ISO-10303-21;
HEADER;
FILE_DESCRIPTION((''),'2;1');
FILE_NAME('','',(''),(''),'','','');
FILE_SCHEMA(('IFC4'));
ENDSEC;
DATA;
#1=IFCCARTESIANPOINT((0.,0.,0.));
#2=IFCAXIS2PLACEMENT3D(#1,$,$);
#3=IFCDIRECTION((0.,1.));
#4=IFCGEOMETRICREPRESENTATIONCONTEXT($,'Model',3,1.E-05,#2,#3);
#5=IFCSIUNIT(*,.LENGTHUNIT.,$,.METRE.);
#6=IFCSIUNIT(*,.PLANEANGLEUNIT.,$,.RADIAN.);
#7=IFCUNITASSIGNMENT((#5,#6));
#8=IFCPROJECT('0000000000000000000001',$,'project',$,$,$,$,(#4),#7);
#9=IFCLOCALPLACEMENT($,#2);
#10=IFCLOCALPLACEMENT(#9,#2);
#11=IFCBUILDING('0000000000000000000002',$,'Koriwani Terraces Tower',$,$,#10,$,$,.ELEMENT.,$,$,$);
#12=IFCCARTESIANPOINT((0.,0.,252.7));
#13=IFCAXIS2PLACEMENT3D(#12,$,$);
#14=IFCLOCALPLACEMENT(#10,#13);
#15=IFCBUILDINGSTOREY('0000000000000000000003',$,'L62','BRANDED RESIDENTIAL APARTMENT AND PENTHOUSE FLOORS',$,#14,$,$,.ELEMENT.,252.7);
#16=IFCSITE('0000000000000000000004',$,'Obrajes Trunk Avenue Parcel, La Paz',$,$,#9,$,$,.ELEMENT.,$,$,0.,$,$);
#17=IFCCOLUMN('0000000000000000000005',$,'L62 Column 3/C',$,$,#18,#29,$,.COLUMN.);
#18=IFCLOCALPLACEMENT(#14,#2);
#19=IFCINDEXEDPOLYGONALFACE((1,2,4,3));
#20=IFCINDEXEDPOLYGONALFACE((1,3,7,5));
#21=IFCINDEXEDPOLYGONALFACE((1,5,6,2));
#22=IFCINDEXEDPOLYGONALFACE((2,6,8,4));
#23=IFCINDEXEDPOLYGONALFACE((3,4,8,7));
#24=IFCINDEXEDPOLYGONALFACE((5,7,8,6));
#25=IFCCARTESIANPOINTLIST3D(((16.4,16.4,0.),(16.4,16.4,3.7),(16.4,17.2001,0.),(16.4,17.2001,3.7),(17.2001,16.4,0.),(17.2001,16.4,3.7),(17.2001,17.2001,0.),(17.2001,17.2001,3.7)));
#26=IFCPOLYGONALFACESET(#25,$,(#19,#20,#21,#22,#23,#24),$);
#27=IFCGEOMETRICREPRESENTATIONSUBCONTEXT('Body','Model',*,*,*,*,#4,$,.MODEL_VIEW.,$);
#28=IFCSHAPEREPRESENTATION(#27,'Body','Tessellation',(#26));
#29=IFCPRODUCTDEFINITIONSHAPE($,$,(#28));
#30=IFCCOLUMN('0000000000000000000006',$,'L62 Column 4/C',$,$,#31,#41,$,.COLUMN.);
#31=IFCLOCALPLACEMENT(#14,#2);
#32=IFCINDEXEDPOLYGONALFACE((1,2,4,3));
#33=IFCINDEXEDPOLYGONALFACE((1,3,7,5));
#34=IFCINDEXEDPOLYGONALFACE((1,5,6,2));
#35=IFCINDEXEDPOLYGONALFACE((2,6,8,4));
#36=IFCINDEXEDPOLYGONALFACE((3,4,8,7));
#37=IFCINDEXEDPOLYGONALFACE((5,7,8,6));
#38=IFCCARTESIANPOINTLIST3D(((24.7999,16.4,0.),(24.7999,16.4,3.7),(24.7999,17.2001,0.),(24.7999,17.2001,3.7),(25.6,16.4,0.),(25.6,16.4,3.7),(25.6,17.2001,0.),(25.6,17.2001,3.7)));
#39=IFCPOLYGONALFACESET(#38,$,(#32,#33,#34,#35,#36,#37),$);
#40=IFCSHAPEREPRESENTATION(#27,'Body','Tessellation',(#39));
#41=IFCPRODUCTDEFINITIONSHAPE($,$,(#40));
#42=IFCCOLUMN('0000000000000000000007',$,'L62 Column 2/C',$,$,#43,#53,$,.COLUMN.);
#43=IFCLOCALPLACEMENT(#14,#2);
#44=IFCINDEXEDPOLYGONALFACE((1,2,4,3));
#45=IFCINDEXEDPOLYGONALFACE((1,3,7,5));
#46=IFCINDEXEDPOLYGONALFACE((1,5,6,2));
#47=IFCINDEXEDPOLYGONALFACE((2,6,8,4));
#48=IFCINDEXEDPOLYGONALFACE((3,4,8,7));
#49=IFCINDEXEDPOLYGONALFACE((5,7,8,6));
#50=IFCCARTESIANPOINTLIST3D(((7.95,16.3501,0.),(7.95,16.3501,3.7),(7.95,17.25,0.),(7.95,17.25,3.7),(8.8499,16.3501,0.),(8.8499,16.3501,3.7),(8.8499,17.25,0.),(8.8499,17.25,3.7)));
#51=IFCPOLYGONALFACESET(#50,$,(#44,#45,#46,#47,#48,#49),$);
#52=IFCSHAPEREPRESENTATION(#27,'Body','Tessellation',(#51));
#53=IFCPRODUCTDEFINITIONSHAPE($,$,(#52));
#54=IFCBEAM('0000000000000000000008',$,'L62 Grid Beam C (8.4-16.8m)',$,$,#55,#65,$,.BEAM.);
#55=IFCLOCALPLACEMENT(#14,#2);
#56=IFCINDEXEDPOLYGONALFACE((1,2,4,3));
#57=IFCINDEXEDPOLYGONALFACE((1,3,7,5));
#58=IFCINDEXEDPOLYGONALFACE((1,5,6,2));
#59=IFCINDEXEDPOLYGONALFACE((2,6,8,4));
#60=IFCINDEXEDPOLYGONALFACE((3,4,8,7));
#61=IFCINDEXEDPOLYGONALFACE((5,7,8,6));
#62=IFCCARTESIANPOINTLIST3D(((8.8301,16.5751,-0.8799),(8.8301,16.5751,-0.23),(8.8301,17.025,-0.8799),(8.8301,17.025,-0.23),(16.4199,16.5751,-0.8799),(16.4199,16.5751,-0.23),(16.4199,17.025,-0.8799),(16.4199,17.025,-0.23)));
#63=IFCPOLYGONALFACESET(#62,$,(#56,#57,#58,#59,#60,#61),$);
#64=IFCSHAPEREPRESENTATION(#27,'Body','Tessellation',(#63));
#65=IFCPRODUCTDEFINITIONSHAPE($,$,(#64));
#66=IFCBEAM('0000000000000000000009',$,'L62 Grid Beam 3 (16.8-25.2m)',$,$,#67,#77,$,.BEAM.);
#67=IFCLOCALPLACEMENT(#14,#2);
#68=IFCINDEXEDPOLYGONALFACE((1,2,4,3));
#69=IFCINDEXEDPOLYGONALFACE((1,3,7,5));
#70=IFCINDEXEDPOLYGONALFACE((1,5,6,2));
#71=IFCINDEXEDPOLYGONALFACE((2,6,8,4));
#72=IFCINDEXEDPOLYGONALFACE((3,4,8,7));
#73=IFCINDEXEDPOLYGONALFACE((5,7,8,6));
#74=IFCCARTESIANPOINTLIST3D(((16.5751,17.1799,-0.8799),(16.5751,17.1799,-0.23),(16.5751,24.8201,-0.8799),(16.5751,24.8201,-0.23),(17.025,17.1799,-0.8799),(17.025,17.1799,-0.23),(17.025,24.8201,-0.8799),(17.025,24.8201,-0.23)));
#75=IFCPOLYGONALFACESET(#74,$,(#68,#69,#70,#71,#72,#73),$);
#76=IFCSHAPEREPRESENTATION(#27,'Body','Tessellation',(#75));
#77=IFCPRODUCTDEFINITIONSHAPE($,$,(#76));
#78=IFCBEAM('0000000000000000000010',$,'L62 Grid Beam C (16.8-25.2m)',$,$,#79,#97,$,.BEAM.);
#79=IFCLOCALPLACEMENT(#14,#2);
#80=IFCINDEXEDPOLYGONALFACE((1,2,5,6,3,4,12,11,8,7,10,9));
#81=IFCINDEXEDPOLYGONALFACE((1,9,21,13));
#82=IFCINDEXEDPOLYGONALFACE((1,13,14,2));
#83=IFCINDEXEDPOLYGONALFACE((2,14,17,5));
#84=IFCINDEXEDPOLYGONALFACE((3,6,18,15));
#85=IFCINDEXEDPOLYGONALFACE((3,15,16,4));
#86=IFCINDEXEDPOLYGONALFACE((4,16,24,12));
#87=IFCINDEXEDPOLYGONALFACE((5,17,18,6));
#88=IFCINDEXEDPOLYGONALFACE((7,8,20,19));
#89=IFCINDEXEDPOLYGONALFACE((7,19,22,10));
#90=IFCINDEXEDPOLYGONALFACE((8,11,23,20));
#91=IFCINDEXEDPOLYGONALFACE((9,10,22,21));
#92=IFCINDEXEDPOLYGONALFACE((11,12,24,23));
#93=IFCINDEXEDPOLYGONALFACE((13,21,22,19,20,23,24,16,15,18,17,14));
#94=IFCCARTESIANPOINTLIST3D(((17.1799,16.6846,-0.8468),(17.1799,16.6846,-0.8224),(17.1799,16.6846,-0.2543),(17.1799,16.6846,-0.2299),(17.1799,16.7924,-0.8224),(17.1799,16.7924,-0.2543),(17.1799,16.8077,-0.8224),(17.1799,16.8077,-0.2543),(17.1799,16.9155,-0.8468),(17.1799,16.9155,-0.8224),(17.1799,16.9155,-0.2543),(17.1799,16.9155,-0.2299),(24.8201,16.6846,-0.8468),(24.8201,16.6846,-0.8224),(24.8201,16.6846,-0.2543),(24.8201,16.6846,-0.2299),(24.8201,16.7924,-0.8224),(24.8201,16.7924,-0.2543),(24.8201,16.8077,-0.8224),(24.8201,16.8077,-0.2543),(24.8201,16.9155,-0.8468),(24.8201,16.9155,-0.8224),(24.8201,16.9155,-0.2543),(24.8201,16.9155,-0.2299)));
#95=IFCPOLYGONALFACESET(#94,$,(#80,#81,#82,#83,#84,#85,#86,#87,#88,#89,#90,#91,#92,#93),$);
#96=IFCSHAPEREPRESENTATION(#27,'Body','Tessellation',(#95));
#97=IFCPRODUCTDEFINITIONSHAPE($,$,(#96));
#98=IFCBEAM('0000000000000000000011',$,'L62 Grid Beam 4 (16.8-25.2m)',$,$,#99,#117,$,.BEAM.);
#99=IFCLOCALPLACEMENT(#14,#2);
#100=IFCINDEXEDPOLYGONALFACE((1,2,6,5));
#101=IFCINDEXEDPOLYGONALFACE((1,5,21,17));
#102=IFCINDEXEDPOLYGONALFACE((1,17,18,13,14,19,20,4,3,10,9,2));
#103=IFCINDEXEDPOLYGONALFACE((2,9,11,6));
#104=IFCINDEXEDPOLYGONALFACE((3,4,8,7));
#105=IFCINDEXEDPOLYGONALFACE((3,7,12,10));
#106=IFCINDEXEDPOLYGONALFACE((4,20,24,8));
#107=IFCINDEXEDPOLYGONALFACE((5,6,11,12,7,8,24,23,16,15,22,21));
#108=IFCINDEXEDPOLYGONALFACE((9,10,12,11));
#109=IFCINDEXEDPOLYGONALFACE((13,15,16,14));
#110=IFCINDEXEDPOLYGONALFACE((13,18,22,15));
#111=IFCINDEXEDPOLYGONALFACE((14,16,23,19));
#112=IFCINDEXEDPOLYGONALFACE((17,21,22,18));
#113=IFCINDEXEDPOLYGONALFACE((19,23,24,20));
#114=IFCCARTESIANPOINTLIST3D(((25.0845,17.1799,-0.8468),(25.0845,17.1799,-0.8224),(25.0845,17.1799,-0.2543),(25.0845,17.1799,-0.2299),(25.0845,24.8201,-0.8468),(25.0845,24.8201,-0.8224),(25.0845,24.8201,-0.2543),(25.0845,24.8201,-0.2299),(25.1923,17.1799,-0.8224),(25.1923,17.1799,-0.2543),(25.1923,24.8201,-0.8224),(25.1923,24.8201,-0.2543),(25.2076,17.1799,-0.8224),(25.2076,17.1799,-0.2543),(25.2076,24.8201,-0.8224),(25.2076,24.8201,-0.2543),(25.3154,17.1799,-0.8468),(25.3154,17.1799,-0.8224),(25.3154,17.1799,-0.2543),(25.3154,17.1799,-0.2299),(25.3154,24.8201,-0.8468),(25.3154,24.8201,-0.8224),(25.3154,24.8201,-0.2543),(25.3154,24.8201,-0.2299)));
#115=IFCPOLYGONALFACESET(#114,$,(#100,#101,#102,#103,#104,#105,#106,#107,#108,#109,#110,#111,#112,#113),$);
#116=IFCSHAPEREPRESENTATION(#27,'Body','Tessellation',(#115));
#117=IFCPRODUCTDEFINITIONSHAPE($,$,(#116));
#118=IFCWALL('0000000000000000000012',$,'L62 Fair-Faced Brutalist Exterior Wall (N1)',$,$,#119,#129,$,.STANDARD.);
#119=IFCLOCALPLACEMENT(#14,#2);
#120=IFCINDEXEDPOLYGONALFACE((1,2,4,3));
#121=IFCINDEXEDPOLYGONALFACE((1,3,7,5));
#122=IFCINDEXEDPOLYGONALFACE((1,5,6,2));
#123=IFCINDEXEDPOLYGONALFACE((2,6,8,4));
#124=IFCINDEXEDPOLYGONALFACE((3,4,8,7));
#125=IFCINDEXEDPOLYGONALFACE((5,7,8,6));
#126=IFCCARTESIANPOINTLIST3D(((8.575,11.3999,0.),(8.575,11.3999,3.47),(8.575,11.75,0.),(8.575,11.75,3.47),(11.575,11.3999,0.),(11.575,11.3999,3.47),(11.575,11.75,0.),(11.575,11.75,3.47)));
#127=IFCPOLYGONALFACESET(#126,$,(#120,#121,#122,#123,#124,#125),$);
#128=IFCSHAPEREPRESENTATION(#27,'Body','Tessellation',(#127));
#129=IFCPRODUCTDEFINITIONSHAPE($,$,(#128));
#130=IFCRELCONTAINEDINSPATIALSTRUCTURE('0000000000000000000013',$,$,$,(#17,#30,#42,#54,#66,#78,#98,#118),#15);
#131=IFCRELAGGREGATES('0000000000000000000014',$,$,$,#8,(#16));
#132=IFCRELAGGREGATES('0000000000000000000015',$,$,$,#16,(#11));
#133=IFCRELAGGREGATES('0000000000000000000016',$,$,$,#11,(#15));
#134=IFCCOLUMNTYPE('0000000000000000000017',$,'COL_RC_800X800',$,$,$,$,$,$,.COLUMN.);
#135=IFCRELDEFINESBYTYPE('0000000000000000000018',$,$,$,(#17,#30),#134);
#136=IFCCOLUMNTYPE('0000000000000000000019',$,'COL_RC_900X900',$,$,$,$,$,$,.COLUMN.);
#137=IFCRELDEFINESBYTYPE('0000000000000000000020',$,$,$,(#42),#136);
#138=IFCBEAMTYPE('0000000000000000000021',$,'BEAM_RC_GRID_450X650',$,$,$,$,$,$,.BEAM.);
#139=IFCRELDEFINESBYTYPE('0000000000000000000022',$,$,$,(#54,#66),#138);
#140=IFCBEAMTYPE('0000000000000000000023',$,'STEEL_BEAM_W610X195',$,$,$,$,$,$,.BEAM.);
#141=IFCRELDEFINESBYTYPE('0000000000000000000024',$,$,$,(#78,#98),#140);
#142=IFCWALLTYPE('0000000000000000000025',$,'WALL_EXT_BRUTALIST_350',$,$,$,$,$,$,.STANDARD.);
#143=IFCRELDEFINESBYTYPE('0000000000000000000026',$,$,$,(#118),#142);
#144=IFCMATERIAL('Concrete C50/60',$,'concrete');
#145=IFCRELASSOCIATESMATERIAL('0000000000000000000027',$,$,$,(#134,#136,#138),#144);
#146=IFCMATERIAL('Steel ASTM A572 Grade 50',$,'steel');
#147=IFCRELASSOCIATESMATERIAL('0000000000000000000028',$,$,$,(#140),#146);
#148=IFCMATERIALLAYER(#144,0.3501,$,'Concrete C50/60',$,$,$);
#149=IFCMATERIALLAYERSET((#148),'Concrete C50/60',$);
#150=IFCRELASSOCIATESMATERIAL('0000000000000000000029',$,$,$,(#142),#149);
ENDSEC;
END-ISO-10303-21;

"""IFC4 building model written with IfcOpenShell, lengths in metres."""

from ifc_helpers import new_model, si_unit, direction, frame, frame_2d, origin, origin_2d, place, context, subcontext, project, spatial, rectangle, i_section, extrude, material, layer, layer_set, material_profile, profile_set, type_object, element, save


model = new_model("IFC4")

# Units and contexts
model_context = context("Model", 3, precision=1e-05, world=origin(), true_north=direction((0.0, 1.0)))
body_context = subcontext(model_context, "Body", "Model", "MODEL_VIEW")
ifc_project = project(units=[si_unit("LENGTHUNIT", "METRE"), si_unit("PLANEANGLEUNIT", "RADIAN")], contexts=[model_context])

# Site, building, storey
site_placement = place(None, origin())
site = spatial("IfcSite", under=ifc_project, at=site_placement, Name="Obrajes Trunk Avenue Parcel, La Paz", CompositionType="ELEMENT", RefElevation=0.0)
building_placement = place(site_placement, origin())
building = spatial("IfcBuilding", under=site, at=building_placement, Name="Koriwani Terraces Tower", CompositionType="ELEMENT")
storey_placement = place(building_placement, frame((0.0, 0.0, 252.7)))
storey = spatial("IfcBuildingStorey", under=building, at=storey_placement, Name="L62", Description="BRANDED RESIDENTIAL APARTMENT AND PENTHOUSE FLOORS", CompositionType="ELEMENT", Elevation=252.7)

# Columns
ifc_material_1 = material(Name="Concrete C50/60", Category="concrete")
ifc_material_profile_1 = material_profile(ifc_material_1, rectangle(XDim=0.8, YDim=0.8, at=origin_2d()), Name="Concrete C50/60", Category="LoadBearing")
ifc_profile_set_1 = profile_set([ifc_material_profile_1], Name="Concrete C50/60")
column_type_1 = type_object("IfcColumnType", Name="COL_RC_800X800", PredefinedType="COLUMN", material=ifc_profile_set_1)
for number, where, z_axis, x_axis, name in (
    (1, (16.8, 16.8, 0.0), (0.0, 0.0, 1.0), (1.0, 0.0, 0.0), "L62 Column 3/C"),
    (2, (25.2, 16.8, 0.0), (0.0, 0.0, 1.0), (1.0, 0.0, 0.0), "L62 Column 4/C"),
):
    element("IfcColumn", number, at=place(storey_placement, frame(where, z_axis=z_axis, x_axis=x_axis)), inside=storey, type_object=column_type_1, Name=name, PredefinedType="COLUMN", context=body_context, shape_type="SweptSolid", body=[
        extrude(rectangle(XDim=0.8, YDim=0.8, at=origin_2d()), origin(), (0.0, 0.0, 1.0), 3.7),
    ])
ifc_material_profile_2 = material_profile(ifc_material_1, rectangle(XDim=0.8999, YDim=0.8999, at=origin_2d()), Name="Concrete C50/60", Category="LoadBearing")
ifc_profile_set_2 = profile_set([ifc_material_profile_2], Name="Concrete C50/60")
column_type_2 = type_object("IfcColumnType", Name="COL_RC_900X900", PredefinedType="COLUMN", material=ifc_profile_set_2)
column_placement = place(storey_placement, frame((8.3999, 16.8, 0.0), z_axis=(0.0, 0.0, 1.0), x_axis=(1.0, 0.0, 0.0)))
element("IfcColumn", 3, at=column_placement, inside=storey, type_object=column_type_2, Name="L62 Column 2/C", PredefinedType="COLUMN", context=body_context, shape_type="SweptSolid", body=[
    extrude(rectangle(XDim=0.8999, YDim=0.8999, at=origin_2d()), origin(), (0.0, 0.0, 1.0), 3.7),
])

# Beams
ifc_material_profile_3 = material_profile(ifc_material_1, rectangle(XDim=0.45, YDim=0.6499, at=origin_2d()), Name="Concrete C50/60", Category="LoadBearing")
ifc_profile_set_3 = profile_set([ifc_material_profile_3], Name="Concrete C50/60")
beam_type_1 = type_object("IfcBeamType", Name="BEAM_RC_GRID_450X650", PredefinedType="BEAM", material=ifc_profile_set_3)
beam_1_placement = place(storey_placement, frame((8.8301, 16.8, -0.5549), z_axis=(1.0, 0.0, 0.0), x_axis=(0.0, 1.0, 0.0)))
element("IfcBeam", 4, at=beam_1_placement, inside=storey, type_object=beam_type_1, Name="L62 Grid Beam C (8.4-16.8m)", PredefinedType="BEAM", context=body_context, shape_type="SweptSolid", body=[
    extrude(rectangle(XDim=0.45, YDim=0.6499, at=origin_2d()), origin(), (0.0, 0.0, 1.0), 7.5898),
])
beam_2_placement = place(storey_placement, frame((16.8, 17.1799, -0.5549), z_axis=(0.0, 1.0, 0.0), x_axis=(-1.0, 0.0, 0.0)))
element("IfcBeam", 5, at=beam_2_placement, inside=storey, type_object=beam_type_1, Name="L62 Grid Beam 3 (16.8-25.2m)", PredefinedType="BEAM", context=body_context, shape_type="SweptSolid", body=[
    extrude(rectangle(XDim=0.45, YDim=0.6499, at=origin_2d()), origin(), (0.0, 0.0, 1.0), 7.6401),
])
ifc_material_2 = material(Name="Steel ASTM A572 Grade 50", Category="steel")
ifc_material_profile_4 = material_profile(ifc_material_2, i_section(OverallWidth=0.231, OverallDepth=0.6169, WebThickness=0.0154, FlangeThickness=0.0244, at=origin_2d()), Name="Steel ASTM A572 Grade 50", Category="LoadBearing")
ifc_profile_set_4 = profile_set([ifc_material_profile_4], Name="Steel ASTM A572 Grade 50")
beam_type_2 = type_object("IfcBeamType", Name="STEEL_BEAM_W610X195", PredefinedType="BEAM", material=ifc_profile_set_4)
for number, where, z_axis, x_axis, name in (
    (6, (17.1799, 16.8, -0.5383), (1.0, 0.0, 0.0), (0.0, 1.0, 0.0), "L62 Grid Beam C (16.8-25.2m)"),
    (7, (25.2, 17.1799, -0.5383), (0.0, 1.0, 0.0), (-1.0, 0.0, 0.0), "L62 Grid Beam 4 (16.8-25.2m)"),
):
    element("IfcBeam", number, at=place(storey_placement, frame(where, z_axis=z_axis, x_axis=x_axis)), inside=storey, type_object=beam_type_2, Name=name, PredefinedType="BEAM", context=body_context, shape_type="SweptSolid", body=[
        extrude(i_section(OverallWidth=0.231, OverallDepth=0.6169, WebThickness=0.0154, FlangeThickness=0.0244, at=origin_2d()), origin(), (0.0, 0.0, 1.0), 7.6401),
    ])

# Wall
ifc_layer_1 = layer(ifc_material_1, 0.3501, Name="Concrete C50/60")
ifc_layer_set_1 = layer_set([ifc_layer_1], Name="Concrete C50/60")
wall_type_1 = type_object("IfcWallType", Name="WALL_EXT_BRUTALIST_350", PredefinedType="STANDARD", material=ifc_layer_set_1)
wall_1_placement = place(storey_placement, frame((11.575, 11.575, 0.0), z_axis=(0.0, 0.0, 1.0), x_axis=(-1.0, 0.0, 0.0)))
element("IfcWall", 8, at=wall_1_placement, inside=storey, type_object=wall_type_1, Name="L62 Fair-Faced Brutalist Exterior Wall (N1)", PredefinedType="STANDARD", context=body_context, shape_type="SweptSolid", body=[
    extrude(rectangle(XDim=3.0, YDim=0.3501, at=frame_2d((1.5, 0.0))), origin(), (0.0, 0.0, 1.0), 3.47),
])

save(model, "model.ifc")
